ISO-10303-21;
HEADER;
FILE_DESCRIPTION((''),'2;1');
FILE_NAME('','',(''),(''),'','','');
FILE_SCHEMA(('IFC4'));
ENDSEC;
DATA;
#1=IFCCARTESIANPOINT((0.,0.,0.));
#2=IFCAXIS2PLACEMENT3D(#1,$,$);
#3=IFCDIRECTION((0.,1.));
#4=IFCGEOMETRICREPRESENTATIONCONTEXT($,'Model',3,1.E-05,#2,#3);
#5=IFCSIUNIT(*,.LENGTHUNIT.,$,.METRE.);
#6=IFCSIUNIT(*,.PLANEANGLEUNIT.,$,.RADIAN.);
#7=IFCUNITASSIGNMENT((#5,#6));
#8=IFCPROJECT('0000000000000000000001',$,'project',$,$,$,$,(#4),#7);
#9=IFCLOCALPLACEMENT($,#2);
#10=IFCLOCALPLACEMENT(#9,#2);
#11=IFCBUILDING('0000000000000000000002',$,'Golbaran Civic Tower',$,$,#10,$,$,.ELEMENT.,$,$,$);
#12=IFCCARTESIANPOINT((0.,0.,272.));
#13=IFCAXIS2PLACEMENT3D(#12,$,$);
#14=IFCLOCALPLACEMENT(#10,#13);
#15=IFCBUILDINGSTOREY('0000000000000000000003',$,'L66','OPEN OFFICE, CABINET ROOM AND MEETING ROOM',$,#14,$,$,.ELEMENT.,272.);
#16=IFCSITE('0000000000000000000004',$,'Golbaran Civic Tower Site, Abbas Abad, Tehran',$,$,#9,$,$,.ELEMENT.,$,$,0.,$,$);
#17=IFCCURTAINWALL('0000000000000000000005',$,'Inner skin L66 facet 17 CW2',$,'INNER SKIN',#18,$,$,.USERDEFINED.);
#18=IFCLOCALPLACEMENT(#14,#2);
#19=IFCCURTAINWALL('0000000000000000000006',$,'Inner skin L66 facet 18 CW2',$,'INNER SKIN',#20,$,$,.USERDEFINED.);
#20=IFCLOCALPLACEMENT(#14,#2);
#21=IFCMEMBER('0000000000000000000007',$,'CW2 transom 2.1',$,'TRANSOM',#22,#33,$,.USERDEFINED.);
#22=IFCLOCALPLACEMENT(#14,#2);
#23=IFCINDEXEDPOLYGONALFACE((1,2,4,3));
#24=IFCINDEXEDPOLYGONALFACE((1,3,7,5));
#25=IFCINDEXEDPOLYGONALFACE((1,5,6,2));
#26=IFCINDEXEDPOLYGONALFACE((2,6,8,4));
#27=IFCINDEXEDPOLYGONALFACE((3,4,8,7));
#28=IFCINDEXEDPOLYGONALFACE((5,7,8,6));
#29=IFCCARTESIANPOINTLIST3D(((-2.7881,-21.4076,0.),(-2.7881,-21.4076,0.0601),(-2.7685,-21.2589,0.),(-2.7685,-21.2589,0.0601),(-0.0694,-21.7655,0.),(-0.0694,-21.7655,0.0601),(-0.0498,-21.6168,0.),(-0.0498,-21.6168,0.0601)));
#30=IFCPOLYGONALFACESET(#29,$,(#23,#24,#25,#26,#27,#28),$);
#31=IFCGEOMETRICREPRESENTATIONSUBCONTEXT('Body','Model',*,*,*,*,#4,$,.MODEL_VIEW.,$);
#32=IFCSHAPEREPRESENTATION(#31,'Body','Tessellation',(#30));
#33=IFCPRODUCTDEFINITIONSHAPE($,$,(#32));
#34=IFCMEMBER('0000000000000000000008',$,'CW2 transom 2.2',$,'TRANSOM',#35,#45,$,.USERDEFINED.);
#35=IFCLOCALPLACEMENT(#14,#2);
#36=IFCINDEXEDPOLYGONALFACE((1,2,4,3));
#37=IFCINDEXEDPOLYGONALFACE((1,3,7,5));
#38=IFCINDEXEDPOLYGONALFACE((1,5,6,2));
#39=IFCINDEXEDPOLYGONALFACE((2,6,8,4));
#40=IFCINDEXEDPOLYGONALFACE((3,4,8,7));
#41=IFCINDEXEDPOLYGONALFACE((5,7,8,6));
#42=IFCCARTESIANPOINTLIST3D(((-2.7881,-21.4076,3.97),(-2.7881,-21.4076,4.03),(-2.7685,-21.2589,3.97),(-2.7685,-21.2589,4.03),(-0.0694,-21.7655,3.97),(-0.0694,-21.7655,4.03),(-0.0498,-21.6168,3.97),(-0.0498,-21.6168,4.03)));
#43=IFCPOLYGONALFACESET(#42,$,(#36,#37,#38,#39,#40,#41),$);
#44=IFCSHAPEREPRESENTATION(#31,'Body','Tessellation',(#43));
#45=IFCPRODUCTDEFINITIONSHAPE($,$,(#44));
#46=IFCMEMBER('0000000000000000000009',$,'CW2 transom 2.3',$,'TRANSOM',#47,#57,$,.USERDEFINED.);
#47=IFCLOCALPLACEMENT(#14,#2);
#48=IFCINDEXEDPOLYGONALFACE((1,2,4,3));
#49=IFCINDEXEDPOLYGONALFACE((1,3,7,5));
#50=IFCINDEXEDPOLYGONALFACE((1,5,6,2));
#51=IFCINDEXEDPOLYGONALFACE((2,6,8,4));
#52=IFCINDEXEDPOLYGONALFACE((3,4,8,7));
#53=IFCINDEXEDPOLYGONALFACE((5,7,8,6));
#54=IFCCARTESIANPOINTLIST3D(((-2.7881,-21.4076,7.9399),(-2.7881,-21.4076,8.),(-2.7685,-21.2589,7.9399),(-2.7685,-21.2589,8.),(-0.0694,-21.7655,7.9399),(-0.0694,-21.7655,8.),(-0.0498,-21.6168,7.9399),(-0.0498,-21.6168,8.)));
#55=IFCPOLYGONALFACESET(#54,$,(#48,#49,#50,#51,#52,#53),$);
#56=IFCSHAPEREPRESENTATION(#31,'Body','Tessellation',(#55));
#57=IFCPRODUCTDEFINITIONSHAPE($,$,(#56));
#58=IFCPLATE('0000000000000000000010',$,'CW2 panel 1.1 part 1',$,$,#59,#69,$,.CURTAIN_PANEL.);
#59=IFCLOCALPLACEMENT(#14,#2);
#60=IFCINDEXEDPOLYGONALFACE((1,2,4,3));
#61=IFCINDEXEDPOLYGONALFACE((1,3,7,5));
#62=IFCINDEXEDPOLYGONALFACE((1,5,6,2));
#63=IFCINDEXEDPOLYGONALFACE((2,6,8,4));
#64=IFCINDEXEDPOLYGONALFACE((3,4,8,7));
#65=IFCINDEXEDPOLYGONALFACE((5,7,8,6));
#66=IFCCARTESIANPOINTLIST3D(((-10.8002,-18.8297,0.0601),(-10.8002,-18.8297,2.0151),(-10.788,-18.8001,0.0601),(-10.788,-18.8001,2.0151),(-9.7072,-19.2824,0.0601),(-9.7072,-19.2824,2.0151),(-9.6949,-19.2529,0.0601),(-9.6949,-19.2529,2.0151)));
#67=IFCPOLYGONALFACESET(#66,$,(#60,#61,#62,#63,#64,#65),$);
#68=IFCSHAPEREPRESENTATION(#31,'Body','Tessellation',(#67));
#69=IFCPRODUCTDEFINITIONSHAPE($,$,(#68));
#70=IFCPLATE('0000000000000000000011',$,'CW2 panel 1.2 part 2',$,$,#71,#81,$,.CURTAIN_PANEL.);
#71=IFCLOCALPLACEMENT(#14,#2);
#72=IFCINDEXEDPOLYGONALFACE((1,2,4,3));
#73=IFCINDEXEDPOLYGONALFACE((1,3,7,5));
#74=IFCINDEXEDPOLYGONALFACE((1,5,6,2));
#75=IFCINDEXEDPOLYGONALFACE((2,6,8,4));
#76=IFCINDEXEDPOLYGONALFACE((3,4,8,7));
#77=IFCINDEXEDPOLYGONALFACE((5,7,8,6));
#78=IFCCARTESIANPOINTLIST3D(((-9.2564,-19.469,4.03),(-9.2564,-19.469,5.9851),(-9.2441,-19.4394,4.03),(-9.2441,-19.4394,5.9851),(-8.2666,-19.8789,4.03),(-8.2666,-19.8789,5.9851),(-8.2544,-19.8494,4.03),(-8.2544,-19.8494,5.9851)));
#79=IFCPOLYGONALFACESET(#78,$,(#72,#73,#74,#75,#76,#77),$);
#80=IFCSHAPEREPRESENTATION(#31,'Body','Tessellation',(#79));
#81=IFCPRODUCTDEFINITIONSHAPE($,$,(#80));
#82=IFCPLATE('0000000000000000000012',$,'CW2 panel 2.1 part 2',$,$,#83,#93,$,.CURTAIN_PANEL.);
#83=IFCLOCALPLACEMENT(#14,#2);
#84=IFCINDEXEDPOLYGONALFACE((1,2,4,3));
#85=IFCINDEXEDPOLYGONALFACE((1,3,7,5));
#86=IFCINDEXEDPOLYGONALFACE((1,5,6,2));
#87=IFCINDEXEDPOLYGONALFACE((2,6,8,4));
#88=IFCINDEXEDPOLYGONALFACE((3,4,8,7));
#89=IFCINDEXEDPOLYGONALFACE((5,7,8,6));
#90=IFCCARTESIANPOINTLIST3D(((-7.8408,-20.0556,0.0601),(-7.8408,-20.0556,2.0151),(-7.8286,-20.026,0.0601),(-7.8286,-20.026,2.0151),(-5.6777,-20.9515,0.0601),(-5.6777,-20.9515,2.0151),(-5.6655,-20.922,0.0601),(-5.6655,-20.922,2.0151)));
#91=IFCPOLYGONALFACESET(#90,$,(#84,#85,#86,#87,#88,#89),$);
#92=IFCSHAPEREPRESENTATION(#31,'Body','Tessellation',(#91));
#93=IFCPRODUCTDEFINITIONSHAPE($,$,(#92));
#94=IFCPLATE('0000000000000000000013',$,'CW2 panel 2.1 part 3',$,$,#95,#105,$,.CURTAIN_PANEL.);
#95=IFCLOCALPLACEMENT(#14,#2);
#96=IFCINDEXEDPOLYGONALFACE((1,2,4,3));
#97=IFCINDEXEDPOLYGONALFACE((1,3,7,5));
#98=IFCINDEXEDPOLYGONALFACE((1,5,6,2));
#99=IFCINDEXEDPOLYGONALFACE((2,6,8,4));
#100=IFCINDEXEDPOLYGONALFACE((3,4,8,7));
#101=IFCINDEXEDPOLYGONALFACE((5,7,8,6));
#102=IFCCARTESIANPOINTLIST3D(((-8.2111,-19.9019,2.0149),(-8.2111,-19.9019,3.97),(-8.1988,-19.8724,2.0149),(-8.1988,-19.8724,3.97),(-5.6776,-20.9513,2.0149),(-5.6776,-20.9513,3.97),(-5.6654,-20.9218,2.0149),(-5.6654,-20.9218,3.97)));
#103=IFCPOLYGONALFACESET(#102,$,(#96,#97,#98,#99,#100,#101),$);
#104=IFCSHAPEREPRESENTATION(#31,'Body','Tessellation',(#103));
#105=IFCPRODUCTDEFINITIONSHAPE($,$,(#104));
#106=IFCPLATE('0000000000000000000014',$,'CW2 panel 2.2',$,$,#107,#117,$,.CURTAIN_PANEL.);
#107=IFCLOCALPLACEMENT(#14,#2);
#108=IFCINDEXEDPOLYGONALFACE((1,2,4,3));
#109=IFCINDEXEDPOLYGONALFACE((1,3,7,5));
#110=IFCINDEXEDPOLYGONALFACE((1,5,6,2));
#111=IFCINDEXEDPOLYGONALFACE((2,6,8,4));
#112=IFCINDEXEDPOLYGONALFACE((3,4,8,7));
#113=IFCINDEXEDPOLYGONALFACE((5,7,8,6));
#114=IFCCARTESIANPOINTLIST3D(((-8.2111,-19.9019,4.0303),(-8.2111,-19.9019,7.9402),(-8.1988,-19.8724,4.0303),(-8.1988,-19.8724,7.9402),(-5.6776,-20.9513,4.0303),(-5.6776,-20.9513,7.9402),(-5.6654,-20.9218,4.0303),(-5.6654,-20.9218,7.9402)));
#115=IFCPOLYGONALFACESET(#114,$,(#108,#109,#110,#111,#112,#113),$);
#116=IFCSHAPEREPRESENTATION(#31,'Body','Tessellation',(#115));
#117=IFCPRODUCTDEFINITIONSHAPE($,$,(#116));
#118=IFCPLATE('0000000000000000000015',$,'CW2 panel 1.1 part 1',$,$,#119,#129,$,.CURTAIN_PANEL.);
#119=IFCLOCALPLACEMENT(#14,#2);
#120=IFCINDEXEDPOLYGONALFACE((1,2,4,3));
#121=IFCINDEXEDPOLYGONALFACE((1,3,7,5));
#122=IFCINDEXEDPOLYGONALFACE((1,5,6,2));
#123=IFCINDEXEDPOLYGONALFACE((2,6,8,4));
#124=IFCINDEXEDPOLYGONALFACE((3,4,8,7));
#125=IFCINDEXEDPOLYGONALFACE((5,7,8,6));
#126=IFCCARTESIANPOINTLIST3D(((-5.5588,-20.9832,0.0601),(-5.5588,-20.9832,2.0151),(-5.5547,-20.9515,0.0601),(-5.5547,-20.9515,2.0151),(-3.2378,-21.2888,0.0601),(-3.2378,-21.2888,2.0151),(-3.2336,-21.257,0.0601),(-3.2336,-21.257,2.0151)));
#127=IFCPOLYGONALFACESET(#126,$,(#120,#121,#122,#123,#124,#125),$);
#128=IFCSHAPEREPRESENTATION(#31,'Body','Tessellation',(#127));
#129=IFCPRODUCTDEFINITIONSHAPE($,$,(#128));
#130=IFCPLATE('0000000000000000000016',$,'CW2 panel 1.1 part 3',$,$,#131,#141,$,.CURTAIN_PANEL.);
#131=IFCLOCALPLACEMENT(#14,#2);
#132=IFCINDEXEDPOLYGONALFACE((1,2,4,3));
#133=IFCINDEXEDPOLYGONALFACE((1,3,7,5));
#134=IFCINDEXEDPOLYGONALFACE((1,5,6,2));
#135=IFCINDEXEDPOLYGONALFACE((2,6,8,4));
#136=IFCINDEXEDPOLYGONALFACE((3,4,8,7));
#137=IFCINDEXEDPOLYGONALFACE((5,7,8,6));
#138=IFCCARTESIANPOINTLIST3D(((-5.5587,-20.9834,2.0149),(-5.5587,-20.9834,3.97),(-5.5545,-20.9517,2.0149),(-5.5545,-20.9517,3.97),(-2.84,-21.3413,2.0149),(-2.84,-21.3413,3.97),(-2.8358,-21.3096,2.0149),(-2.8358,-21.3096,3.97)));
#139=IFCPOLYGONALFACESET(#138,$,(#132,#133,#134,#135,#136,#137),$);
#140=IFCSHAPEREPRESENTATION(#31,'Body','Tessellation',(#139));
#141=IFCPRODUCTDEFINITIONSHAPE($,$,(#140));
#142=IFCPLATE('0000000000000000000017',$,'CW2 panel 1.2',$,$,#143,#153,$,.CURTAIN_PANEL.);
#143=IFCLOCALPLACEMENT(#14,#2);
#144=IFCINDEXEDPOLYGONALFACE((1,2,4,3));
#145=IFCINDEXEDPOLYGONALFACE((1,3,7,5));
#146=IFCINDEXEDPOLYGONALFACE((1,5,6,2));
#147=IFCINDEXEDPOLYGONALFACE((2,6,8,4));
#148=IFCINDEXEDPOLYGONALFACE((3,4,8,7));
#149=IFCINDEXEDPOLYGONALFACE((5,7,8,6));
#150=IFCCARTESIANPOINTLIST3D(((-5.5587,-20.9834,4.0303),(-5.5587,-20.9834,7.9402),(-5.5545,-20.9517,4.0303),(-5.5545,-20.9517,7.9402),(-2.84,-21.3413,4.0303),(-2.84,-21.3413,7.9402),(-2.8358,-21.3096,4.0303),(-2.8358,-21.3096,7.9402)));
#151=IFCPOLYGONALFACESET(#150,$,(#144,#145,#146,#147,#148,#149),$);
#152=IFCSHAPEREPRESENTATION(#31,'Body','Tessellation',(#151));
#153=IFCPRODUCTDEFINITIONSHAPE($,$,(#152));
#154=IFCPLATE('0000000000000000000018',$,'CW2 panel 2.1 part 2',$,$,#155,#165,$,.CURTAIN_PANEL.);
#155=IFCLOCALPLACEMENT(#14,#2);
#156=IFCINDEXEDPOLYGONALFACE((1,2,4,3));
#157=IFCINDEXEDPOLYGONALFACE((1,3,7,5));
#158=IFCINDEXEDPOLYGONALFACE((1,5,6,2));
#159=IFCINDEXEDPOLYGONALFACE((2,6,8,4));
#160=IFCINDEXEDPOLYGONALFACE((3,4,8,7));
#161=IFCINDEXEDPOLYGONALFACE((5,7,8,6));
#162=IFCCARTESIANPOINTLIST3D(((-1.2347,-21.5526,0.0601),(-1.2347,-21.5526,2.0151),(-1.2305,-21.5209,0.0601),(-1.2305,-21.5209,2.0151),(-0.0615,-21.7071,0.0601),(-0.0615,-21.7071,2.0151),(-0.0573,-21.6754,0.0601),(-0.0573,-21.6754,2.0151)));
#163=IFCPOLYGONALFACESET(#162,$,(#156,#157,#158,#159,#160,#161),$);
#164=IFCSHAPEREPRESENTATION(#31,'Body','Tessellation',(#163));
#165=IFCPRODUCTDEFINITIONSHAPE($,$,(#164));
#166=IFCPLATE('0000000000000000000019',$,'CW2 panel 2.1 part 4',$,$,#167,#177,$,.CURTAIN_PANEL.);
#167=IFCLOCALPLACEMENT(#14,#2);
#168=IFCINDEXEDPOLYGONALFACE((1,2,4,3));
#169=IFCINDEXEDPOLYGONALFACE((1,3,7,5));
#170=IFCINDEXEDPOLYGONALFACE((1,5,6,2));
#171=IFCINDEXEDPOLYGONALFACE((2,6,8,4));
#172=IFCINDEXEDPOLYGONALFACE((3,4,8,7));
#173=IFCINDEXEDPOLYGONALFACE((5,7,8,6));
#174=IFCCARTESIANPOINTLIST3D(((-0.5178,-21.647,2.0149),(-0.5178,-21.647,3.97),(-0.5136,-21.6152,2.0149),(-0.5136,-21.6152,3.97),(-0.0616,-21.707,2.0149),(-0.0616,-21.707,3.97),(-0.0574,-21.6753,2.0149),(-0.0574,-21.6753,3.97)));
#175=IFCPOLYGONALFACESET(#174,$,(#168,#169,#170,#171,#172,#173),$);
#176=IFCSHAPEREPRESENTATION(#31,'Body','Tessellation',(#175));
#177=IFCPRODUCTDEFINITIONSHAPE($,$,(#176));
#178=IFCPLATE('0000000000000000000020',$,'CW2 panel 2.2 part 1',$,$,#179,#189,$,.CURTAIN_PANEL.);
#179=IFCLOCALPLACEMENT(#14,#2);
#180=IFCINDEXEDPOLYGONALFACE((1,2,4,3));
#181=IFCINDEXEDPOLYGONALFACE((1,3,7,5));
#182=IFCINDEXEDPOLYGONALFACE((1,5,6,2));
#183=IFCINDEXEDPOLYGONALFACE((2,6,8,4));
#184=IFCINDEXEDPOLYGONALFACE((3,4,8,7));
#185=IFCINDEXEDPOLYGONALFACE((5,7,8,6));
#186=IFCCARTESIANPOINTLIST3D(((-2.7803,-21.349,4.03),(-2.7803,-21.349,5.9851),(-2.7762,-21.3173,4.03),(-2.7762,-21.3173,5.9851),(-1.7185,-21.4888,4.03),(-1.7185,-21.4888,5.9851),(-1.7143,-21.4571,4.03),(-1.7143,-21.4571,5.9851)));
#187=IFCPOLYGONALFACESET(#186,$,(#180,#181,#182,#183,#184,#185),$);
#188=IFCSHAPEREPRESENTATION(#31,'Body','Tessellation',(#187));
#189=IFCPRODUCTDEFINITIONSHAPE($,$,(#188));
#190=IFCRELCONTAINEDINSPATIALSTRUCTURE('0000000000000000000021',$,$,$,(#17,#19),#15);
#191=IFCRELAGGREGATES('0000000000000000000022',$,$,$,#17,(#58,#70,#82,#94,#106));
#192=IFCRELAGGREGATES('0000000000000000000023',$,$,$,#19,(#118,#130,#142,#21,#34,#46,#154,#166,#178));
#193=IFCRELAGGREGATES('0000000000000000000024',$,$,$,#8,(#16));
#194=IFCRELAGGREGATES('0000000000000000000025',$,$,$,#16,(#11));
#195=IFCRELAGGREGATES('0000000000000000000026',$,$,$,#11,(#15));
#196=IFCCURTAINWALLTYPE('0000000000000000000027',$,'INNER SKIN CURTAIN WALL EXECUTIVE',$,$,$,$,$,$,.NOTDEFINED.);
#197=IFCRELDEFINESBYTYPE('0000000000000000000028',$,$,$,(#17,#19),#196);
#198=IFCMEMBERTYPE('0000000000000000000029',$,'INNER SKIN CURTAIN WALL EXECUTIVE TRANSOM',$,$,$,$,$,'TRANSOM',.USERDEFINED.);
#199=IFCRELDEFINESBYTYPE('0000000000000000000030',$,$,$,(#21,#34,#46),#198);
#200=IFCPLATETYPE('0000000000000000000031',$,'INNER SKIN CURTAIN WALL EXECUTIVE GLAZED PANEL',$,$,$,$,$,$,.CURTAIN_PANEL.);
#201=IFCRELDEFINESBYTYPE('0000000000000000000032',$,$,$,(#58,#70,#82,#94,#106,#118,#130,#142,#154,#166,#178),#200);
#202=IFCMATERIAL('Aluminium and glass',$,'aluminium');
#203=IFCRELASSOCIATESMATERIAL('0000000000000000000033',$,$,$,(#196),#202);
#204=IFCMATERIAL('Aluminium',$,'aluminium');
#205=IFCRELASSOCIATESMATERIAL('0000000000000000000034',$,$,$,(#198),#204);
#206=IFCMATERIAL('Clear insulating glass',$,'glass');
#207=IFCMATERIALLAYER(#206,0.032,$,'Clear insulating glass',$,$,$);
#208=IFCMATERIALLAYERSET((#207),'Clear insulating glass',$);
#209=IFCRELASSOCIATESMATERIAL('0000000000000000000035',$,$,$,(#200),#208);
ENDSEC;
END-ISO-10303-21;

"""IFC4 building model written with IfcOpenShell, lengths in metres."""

from ifc_helpers import new_model, si_unit, direction, frame, origin, origin_2d, place, context, subcontext, project, spatial, rectangle, extrude, material, layer, layer_set, material_profile, profile_set, type_object, element, aggregate, save


model = new_model("IFC4")

# Units and contexts
model_context = context("Model", 3, precision=1e-05, world=origin(), true_north=direction((0.0, 1.0)))
body_context = subcontext(model_context, "Body", "Model", "MODEL_VIEW")
ifc_project = project(units=[si_unit("LENGTHUNIT", "METRE"), si_unit("PLANEANGLEUNIT", "RADIAN")], contexts=[model_context])

# Site, building, storey
site_placement = place(None, origin())
site = spatial("IfcSite", under=ifc_project, at=site_placement, Name="Golbaran Civic Tower Site, Abbas Abad, Tehran", CompositionType="ELEMENT", RefElevation=0.0)
building_placement = place(site_placement, origin())
building = spatial("IfcBuilding", under=site, at=building_placement, Name="Golbaran Civic Tower", CompositionType="ELEMENT")
storey_placement = place(building_placement, frame((0.0, 0.0, 272.0)))
storey = spatial("IfcBuildingStorey", under=building, at=storey_placement, Name="L66", Description="OPEN OFFICE, CABINET ROOM AND MEETING ROOM", CompositionType="ELEMENT", Elevation=272.0)

# Curtain walls
ifc_material_1 = material(Name="Aluminium and glass", Category="aluminium")
curtain_wall_type = type_object("IfcCurtainWallType", Name="INNER SKIN CURTAIN WALL EXECUTIVE", PredefinedType="NOTDEFINED", material=ifc_material_1)
curtain_wall_1_placement = place(storey_placement, origin())
curtain_wall_1 = element("IfcCurtainWall", 1, at=curtain_wall_1_placement, inside=storey, type_object=curtain_wall_type, Name="Inner skin L66 facet 17 CW2", ObjectType="INNER SKIN", PredefinedType="USERDEFINED")
ifc_material_2 = material(Name="Aluminium", Category="aluminium")
curtain_wall_2_placement = place(storey_placement, origin())
curtain_wall_2 = element("IfcCurtainWall", 2, at=curtain_wall_2_placement, inside=storey, type_object=curtain_wall_type, Name="Inner skin L66 facet 18 CW2", ObjectType="INNER SKIN", PredefinedType="USERDEFINED")

# Members
ifc_material_profile_1 = material_profile(ifc_material_2, rectangle(XDim=0.1499, YDim=0.0601, at=origin_2d()), Name="INNER SKIN CURTAIN WALL EXECUTIVE TRANSOM")
ifc_profile_set_1 = profile_set([ifc_material_profile_1], Name="Aluminium")
member_type_1 = type_object("IfcMemberType", Name="INNER SKIN CURTAIN WALL EXECUTIVE TRANSOM", ElementType="TRANSOM", PredefinedType="USERDEFINED", material=ifc_profile_set_1)
member_1_placement = place(storey_placement, frame((-2.7783, -21.3333, 0.03), z_axis=(0.991446, -0.130519, 0.0), x_axis=(0.130519, 0.991446, 0.0)))
member_1 = element("IfcMember", 3, at=member_1_placement, type_object=member_type_1, Name="CW2 transom 2.1", ObjectType="TRANSOM", PredefinedType="USERDEFINED", context=body_context, shape_type="SweptSolid", body=[
    extrude(rectangle(XDim=0.1499, YDim=0.0601, at=origin_2d()), origin(), (0.0, 0.0, 1.0), 2.7422),
])
member_2_placement = place(storey_placement, frame((-2.7783, -21.3333, 4.0), z_axis=(0.991446, -0.130519, 0.0), x_axis=(0.130519, 0.991446, 0.0)))
member_2 = element("IfcMember", 4, at=member_2_placement, type_object=member_type_1, Name="CW2 transom 2.2", ObjectType="TRANSOM", PredefinedType="USERDEFINED", context=body_context, shape_type="SweptSolid", body=[
    extrude(rectangle(XDim=0.1499, YDim=0.0601, at=origin_2d()), origin(), (0.0, 0.0, 1.0), 2.7422),
])
member_3_placement = place(storey_placement, frame((-2.7783, -21.3333, 7.97), z_axis=(0.991446, -0.130519, 0.0), x_axis=(0.130519, 0.991446, 0.0)))
member_3 = element("IfcMember", 5, at=member_3_placement, type_object=member_type_1, Name="CW2 transom 2.3", ObjectType="TRANSOM", PredefinedType="USERDEFINED", context=body_context, shape_type="SweptSolid", body=[
    extrude(rectangle(XDim=0.1499, YDim=0.0601, at=origin_2d()), origin(), (0.0, 0.0, 1.0), 2.7422),
])

# Plates
ifc_material_3 = material(Name="Clear insulating glass", Category="glass")
ifc_layer_1 = layer(ifc_material_3, 0.032, Name="Clear insulating glass")
ifc_layer_set_1 = layer_set([ifc_layer_1], Name="Clear insulating glass")
plate_type_1 = type_object("IfcPlateType", Name="INNER SKIN CURTAIN WALL EXECUTIVE GLAZED PANEL", PredefinedType="CURTAIN_PANEL", material=ifc_layer_set_1)
plate_1_placement = place(storey_placement, frame((-10.2476, -19.0413, 0.0601), z_axis=(0.0, 0.0, 1.0), x_axis=(0.92388, -0.382683, 0.0)))
plate_1 = element("IfcPlate", 6, at=plate_1_placement, type_object=plate_type_1, Name="CW2 panel 1.1 part 1", PredefinedType="CURTAIN_PANEL", context=body_context, shape_type="SweptSolid", body=[
    extrude(rectangle(XDim=1.1831, YDim=0.032, at=origin_2d()), origin(), (0.0, 0.0, 1.0), 1.9551),
])
plate_2_placement = place(storey_placement, frame((-8.7554, -19.6592, 4.03), z_axis=(0.0, 0.0, 1.0), x_axis=(0.92388, -0.382683, 0.0)))
plate_2 = element("IfcPlate", 7, at=plate_2_placement, type_object=plate_type_1, Name="CW2 panel 1.2 part 2", PredefinedType="CURTAIN_PANEL", context=body_context, shape_type="SweptSolid", body=[
    extrude(rectangle(XDim=1.0713, YDim=0.032, at=origin_2d()), origin(), (0.0, 0.0, 1.0), 1.9551),
])
plate_3_placement = place(storey_placement, frame((-6.7532, -20.4888, 0.0601), z_axis=(0.0, 0.0, 1.0), x_axis=(0.92388, -0.382683, 0.0)))
plate_3 = element("IfcPlate", 8, at=plate_3_placement, type_object=plate_type_1, Name="CW2 panel 2.1 part 2", PredefinedType="CURTAIN_PANEL", context=body_context, shape_type="SweptSolid", body=[
    extrude(rectangle(XDim=2.3413, YDim=0.032, at=origin_2d()), origin(), (0.0, 0.0, 1.0), 1.9551),
])
plate_4_placement = place(storey_placement, frame((-6.9382, -20.4119, 2.0149), z_axis=(0.0, 0.0, 1.0), x_axis=(0.92388, -0.382683, 0.0)))
plate_4 = element("IfcPlate", 9, at=plate_4_placement, type_object=plate_type_1, Name="CW2 panel 2.1 part 3", PredefinedType="CURTAIN_PANEL", context=body_context, shape_type="SweptSolid", body=[
    extrude(rectangle(XDim=2.7422, YDim=0.032, at=origin_2d()), origin(), (0.0, 0.0, 1.0), 1.9551),
])
plate_5_placement = place(storey_placement, frame((-6.9382, -20.4119, 4.0303), z_axis=(0.0, 0.0, 1.0), x_axis=(0.92388, -0.382683, 0.0)))
plate_5 = element("IfcPlate", 10, at=plate_5_placement, type_object=plate_type_1, Name="CW2 panel 2.2", PredefinedType="CURTAIN_PANEL", context=body_context, shape_type="SweptSolid", body=[
    extrude(rectangle(XDim=2.7422, YDim=0.032, at=origin_2d()), origin(), (0.0, 0.0, 1.0), 3.9099),
])
plate_6_placement = place(storey_placement, frame((-4.3962, -21.1201, 0.0601), z_axis=(0.0, 0.0, 1.0), x_axis=(0.991445, -0.130526, 0.0)))
plate_6 = element("IfcPlate", 11, at=plate_6_placement, type_object=plate_type_1, Name="CW2 panel 1.1 part 1", PredefinedType="CURTAIN_PANEL", context=body_context, shape_type="SweptSolid", body=[
    extrude(rectangle(XDim=2.3411, YDim=0.032, at=origin_2d()), origin(), (0.0, 0.0, 1.0), 1.9551),
])
plate_7_placement = place(storey_placement, frame((-4.1973, -21.1465, 2.0149), z_axis=(0.0, 0.0, 1.0), x_axis=(0.991445, -0.130526, 0.0)))
plate_7 = element("IfcPlate", 12, at=plate_7_placement, type_object=plate_type_1, Name="CW2 panel 1.1 part 3", PredefinedType="CURTAIN_PANEL", context=body_context, shape_type="SweptSolid", body=[
    extrude(rectangle(XDim=2.7422, YDim=0.032, at=origin_2d()), origin(), (0.0, 0.0, 1.0), 1.9551),
])
plate_8_placement = place(storey_placement, frame((-4.1973, -21.1465, 4.0303), z_axis=(0.0, 0.0, 1.0), x_axis=(0.991445, -0.130526, 0.0)))
plate_8 = element("IfcPlate", 13, at=plate_8_placement, type_object=plate_type_1, Name="CW2 panel 1.2", PredefinedType="CURTAIN_PANEL", context=body_context, shape_type="SweptSolid", body=[
    extrude(rectangle(XDim=2.7422, YDim=0.032, at=origin_2d()), origin(), (0.0, 0.0, 1.0), 3.9099),
])
plate_9_placement = place(storey_placement, frame((-0.646, -21.614, 0.0601), z_axis=(0.0, 0.0, 1.0), x_axis=(0.991445, -0.130526, 0.0)))
plate_9 = element("IfcPlate", 14, at=plate_9_placement, type_object=plate_type_1, Name="CW2 panel 2.1 part 2", PredefinedType="CURTAIN_PANEL", context=body_context, shape_type="SweptSolid", body=[
    extrude(rectangle(XDim=1.1833, YDim=0.032, at=origin_2d()), origin(), (0.0, 0.0, 1.0), 1.9551),
])
plate_10_placement = place(storey_placement, frame((-0.2876, -21.6611, 2.0149), z_axis=(0.0, 0.0, 1.0), x_axis=(0.991445, -0.130526, 0.0)))
plate_10 = element("IfcPlate", 15, at=plate_10_placement, type_object=plate_type_1, Name="CW2 panel 2.1 part 4", PredefinedType="CURTAIN_PANEL", context=body_context, shape_type="SweptSolid", body=[
    extrude(rectangle(XDim=0.4602, YDim=0.032, at=origin_2d()), origin(), (0.0, 0.0, 1.0), 1.9551),
])
plate_11_placement = place(storey_placement, frame((-2.2473, -21.4031, 4.03), z_axis=(0.0, 0.0, 1.0), x_axis=(0.991445, -0.130526, 0.0)))
plate_11 = element("IfcPlate", 16, at=plate_11_placement, type_object=plate_type_1, Name="CW2 panel 2.2 part 1", PredefinedType="CURTAIN_PANEL", context=body_context, shape_type="SweptSolid", body=[
    extrude(rectangle(XDim=1.071, YDim=0.032, at=origin_2d()), origin(), (0.0, 0.0, 1.0), 1.9551),
])
aggregate(curtain_wall_1, [plate_1, plate_2, plate_3, plate_4, plate_5])
aggregate(curtain_wall_2, [plate_6, plate_7, plate_8, member_1, member_2, member_3, plate_9, plate_10, plate_11])

save(model, "model.ifc")
